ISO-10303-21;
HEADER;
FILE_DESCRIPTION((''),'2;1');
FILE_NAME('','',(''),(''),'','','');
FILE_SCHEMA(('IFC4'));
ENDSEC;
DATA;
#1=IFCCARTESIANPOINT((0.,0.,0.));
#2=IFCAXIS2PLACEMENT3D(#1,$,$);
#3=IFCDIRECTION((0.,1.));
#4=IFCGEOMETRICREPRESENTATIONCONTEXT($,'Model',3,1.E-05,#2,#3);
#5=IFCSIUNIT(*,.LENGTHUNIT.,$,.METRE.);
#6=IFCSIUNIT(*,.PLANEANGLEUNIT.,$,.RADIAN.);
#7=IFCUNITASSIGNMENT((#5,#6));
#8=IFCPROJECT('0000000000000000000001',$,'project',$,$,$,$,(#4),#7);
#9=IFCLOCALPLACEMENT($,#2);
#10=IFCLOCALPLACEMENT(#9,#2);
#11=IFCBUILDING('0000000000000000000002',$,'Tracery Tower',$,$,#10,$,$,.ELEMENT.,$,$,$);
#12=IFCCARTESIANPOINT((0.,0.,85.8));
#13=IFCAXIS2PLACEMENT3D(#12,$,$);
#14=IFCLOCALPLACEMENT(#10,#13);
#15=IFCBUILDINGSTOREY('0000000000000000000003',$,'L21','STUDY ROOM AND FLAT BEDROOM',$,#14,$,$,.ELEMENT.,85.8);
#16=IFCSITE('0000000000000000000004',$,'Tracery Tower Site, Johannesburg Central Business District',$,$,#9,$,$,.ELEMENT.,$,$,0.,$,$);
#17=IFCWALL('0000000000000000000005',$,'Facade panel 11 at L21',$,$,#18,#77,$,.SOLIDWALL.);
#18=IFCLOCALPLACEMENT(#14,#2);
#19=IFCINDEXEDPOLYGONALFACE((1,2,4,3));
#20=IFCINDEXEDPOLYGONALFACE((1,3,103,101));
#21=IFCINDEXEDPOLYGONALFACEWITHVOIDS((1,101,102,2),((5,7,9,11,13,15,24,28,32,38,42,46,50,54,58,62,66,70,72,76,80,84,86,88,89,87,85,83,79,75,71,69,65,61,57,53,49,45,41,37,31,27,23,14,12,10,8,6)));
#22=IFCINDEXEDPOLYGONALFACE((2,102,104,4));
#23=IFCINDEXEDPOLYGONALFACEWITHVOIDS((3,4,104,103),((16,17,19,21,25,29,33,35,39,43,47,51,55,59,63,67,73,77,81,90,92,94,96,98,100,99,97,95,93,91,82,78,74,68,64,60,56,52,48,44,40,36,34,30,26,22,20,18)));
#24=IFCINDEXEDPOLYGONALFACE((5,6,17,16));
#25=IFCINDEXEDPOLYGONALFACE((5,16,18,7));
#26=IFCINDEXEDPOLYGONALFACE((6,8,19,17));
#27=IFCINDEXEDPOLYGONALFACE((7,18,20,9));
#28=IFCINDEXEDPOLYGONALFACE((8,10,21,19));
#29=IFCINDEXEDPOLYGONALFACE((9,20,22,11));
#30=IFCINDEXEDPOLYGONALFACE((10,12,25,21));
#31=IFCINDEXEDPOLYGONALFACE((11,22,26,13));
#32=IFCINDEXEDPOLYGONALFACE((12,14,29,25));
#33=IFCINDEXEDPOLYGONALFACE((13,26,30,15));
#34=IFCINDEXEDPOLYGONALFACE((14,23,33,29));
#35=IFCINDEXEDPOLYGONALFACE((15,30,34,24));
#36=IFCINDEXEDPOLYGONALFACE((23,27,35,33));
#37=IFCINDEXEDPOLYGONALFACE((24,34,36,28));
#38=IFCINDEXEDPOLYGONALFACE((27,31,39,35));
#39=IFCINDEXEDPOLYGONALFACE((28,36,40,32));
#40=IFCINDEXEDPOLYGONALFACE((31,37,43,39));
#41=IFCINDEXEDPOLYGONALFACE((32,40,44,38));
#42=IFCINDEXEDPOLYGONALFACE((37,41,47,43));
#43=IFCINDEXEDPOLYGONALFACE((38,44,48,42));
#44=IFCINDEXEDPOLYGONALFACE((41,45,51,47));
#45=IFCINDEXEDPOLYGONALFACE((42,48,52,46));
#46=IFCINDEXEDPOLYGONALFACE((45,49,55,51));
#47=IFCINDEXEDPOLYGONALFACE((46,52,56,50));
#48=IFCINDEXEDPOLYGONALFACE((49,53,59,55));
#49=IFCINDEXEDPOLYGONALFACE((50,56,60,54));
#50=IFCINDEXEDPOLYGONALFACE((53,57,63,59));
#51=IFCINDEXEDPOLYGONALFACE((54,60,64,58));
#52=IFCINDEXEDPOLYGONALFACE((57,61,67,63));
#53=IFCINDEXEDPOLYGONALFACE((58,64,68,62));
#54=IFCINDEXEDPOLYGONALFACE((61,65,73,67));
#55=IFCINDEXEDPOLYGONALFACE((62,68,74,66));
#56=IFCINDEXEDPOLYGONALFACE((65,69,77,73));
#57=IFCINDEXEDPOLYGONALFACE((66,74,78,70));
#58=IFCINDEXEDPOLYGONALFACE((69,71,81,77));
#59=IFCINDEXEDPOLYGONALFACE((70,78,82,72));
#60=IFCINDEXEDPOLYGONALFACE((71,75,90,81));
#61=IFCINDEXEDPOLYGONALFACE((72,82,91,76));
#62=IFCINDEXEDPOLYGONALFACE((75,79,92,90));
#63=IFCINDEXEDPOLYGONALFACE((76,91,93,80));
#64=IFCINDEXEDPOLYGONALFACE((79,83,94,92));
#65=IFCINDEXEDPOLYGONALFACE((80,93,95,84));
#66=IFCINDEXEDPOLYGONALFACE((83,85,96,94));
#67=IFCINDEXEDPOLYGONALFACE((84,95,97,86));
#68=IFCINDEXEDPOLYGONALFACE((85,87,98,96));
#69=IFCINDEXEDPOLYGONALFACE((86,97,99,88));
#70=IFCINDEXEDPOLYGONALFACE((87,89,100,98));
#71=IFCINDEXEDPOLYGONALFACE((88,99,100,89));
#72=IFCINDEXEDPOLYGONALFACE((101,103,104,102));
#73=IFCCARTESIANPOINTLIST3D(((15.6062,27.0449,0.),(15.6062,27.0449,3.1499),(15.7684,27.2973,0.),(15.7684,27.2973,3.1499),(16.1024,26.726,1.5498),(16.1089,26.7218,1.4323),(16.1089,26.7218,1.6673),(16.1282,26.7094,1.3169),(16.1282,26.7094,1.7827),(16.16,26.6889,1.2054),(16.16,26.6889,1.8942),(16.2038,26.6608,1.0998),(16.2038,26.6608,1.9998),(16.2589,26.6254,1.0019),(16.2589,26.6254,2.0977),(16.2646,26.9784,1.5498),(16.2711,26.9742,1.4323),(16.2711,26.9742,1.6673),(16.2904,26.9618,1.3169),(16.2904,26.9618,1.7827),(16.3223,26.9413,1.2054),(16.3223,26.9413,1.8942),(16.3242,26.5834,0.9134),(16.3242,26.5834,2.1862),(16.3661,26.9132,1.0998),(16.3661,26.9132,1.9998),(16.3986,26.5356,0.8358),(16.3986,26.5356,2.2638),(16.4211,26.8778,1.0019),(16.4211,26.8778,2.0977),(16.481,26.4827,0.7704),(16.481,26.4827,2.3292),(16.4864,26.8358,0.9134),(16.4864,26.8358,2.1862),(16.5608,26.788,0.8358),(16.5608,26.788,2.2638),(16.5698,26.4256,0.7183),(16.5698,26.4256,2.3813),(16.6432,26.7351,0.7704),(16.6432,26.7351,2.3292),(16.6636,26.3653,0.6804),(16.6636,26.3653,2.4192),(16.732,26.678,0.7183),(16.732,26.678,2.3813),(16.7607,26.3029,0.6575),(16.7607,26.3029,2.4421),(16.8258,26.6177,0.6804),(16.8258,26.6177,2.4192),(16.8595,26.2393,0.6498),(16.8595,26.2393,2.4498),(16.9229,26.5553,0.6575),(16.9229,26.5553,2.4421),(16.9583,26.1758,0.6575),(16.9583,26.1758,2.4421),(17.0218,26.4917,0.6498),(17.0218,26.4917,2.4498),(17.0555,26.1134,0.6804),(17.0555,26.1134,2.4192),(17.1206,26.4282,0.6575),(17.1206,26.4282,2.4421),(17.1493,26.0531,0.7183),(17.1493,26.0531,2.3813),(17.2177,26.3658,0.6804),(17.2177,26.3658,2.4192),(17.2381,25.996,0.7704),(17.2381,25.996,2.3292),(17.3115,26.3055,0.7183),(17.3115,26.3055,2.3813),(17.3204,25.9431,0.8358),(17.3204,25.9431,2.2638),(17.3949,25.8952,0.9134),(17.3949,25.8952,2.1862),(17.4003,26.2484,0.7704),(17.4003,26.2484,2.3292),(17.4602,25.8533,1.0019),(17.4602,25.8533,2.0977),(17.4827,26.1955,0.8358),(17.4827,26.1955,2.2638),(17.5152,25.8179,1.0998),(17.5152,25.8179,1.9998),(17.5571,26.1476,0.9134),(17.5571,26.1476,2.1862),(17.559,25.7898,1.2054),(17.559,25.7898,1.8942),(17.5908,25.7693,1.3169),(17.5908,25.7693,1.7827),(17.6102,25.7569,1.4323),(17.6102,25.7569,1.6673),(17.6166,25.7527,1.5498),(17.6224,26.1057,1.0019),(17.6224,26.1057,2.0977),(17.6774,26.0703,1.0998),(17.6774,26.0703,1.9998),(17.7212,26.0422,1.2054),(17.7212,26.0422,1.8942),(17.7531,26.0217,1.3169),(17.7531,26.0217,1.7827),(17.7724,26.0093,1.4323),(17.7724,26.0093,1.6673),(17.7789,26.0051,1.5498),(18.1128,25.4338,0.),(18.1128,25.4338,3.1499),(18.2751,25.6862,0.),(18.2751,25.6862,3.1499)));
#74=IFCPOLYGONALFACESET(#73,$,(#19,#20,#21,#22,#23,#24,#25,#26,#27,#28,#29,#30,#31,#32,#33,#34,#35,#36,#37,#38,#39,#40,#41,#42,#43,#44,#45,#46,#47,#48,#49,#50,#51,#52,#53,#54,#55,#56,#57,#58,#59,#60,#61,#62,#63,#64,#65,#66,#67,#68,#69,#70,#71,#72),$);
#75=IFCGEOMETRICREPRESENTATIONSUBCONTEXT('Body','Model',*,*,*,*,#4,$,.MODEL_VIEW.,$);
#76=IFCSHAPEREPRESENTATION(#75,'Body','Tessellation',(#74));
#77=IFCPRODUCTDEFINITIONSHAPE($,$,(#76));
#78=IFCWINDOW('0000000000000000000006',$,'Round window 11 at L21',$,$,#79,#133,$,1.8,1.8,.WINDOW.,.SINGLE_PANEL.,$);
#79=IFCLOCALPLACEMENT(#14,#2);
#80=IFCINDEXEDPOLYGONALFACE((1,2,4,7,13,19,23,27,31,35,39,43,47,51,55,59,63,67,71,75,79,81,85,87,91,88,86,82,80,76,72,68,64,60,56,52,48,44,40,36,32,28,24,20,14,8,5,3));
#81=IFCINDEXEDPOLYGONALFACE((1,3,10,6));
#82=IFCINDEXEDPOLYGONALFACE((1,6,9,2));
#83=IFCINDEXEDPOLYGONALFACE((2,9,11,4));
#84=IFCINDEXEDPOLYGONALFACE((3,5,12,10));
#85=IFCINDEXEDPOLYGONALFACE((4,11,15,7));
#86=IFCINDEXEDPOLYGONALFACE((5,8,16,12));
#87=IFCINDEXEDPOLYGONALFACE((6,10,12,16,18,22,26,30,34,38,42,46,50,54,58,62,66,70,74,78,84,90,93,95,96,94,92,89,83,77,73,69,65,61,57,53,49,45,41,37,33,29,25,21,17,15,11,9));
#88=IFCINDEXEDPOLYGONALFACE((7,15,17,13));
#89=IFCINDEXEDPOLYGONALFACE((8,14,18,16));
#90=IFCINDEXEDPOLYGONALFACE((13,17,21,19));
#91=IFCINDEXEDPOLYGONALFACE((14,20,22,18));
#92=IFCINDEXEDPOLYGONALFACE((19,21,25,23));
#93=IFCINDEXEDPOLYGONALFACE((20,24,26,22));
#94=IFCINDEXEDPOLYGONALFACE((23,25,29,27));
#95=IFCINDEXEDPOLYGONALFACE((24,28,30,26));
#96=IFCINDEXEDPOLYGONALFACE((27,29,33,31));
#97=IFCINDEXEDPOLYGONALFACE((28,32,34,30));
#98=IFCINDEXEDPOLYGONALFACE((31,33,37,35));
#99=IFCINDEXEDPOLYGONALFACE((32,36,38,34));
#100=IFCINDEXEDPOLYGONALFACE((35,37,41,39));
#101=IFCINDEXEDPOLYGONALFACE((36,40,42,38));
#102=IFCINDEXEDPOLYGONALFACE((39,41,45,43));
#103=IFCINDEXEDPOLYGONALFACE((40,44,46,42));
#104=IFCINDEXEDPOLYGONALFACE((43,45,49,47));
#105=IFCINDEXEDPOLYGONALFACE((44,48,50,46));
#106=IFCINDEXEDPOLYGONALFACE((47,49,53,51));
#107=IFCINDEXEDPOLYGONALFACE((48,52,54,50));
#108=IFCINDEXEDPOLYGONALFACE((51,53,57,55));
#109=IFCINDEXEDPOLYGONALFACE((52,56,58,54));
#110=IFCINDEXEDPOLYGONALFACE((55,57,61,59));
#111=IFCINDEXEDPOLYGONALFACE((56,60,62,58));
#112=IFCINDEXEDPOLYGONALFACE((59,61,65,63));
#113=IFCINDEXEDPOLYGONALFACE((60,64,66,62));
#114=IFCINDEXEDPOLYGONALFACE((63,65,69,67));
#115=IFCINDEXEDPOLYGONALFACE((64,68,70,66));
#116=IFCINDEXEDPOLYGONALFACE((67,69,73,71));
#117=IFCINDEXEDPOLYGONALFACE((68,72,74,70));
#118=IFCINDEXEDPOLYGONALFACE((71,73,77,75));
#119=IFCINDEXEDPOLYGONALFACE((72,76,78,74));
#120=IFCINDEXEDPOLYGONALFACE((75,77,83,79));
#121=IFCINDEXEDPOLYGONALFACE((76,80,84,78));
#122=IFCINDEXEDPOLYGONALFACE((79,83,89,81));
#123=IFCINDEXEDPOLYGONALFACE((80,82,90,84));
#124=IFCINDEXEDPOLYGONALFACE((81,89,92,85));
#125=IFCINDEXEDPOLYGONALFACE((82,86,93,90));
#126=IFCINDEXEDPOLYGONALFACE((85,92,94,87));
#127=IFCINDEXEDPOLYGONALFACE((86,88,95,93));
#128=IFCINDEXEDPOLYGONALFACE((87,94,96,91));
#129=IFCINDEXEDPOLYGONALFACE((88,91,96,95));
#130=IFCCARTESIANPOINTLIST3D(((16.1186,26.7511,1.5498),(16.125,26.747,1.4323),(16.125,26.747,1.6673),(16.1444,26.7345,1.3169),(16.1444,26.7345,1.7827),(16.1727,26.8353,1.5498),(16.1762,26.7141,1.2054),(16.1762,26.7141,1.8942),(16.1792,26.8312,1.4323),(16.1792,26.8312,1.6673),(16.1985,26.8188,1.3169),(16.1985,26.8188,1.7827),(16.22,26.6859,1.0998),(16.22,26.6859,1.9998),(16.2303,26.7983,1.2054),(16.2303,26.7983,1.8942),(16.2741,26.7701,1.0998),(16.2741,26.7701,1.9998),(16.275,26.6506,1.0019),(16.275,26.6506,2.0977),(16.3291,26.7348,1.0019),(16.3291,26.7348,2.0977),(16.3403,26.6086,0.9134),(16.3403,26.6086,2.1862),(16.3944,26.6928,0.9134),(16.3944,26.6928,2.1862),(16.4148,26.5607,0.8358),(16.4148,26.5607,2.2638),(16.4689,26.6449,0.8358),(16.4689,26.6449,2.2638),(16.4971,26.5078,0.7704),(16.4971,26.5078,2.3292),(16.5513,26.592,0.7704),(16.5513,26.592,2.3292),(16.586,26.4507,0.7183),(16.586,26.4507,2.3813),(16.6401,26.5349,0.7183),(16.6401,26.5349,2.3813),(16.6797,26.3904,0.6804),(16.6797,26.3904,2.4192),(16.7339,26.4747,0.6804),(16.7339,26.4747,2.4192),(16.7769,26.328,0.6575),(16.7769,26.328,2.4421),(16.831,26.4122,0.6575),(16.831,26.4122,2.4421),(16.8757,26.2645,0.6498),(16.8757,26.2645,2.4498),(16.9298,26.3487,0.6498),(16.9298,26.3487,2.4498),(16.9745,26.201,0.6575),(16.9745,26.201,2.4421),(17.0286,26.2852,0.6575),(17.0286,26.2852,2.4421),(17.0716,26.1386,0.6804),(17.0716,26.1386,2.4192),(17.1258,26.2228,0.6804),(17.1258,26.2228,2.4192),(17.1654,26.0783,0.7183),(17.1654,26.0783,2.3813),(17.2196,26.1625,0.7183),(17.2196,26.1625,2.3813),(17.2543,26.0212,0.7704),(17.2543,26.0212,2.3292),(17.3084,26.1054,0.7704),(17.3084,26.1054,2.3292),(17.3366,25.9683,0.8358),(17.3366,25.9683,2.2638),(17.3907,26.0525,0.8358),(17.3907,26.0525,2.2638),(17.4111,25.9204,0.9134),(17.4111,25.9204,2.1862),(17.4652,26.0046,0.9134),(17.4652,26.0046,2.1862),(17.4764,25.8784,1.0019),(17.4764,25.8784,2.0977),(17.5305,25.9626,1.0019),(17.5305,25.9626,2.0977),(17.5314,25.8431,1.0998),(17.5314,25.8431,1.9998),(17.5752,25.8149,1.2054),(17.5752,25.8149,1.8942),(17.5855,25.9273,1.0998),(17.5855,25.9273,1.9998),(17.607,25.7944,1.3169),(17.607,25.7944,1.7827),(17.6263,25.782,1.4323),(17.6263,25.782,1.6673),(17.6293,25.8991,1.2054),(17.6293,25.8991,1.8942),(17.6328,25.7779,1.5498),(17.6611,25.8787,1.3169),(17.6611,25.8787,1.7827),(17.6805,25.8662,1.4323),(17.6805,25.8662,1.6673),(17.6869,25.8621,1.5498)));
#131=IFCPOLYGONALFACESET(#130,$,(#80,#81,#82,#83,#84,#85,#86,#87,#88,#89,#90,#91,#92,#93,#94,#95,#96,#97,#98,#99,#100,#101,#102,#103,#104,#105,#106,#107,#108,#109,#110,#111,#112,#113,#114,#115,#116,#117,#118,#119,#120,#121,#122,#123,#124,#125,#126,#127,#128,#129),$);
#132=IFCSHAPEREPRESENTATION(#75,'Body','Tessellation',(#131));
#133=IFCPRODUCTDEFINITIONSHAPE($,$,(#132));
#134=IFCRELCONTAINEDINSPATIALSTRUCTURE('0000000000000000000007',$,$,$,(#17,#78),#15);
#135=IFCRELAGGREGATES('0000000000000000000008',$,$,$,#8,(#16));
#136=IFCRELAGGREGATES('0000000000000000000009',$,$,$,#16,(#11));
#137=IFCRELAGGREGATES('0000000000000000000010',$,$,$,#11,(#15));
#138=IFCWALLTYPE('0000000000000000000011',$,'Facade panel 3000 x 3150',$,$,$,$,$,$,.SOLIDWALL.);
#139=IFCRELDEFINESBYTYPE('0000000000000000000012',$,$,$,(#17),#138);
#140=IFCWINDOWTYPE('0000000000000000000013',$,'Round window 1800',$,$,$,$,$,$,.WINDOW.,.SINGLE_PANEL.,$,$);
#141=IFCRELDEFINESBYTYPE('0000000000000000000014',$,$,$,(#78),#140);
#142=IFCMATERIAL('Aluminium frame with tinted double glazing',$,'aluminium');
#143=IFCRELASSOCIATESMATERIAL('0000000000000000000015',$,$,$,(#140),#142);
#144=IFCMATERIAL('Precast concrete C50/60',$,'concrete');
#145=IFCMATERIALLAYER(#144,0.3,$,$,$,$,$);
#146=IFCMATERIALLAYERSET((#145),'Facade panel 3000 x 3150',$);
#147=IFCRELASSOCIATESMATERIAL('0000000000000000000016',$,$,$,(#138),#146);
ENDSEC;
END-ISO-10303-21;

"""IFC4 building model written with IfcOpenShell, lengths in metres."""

from ifc_helpers import new_model, si_unit, direction, frame, frame_2d, origin, origin_2d, place, context, subcontext, project, spatial, rectangle, circle, extrude, material, layer, layer_set, type_object, element, fill, save


model = new_model("IFC4")

# Units and contexts
model_context = context("Model", 3, precision=1e-05, world=origin(), true_north=direction((0.0, 1.0)))
body_context = subcontext(model_context, "Body", "Model", "MODEL_VIEW")
ifc_project = project(units=[si_unit("LENGTHUNIT", "METRE"), si_unit("PLANEANGLEUNIT", "RADIAN")], contexts=[model_context])

# Site, building, storey
site_placement = place(None, origin())
site = spatial("IfcSite", under=ifc_project, at=site_placement, Name="Tracery Tower Site, Johannesburg Central Business District", CompositionType="ELEMENT", RefElevation=0.0)
building_placement = place(site_placement, origin())
building = spatial("IfcBuilding", under=site, at=building_placement, Name="Tracery Tower", CompositionType="ELEMENT")
storey_placement = place(building_placement, frame((0.0, 0.0, 85.8)))
storey = spatial("IfcBuildingStorey", under=building, at=storey_placement, Name="L21", Description="STUDY ROOM AND FLAT BEDROOM", CompositionType="ELEMENT", Elevation=85.8)

# Wall, opening, window
ifc_material_1 = material(Name="Aluminium frame with tinted double glazing", Category="aluminium")
window_type = type_object("IfcWindowType", Name="Round window 1800", PartitioningType="SINGLE_PANEL", PredefinedType="WINDOW", material=ifc_material_1)
ifc_material_2 = material(Name="Precast concrete C50/60", Category="concrete")
ifc_layer_1 = layer(ifc_material_2, 0.3)
ifc_layer_set_1 = layer_set([ifc_layer_1], Name="Facade panel 3000 x 3150")
wall_type_1 = type_object("IfcWallType", Name="Facade panel 3000 x 3150", PredefinedType="SOLIDWALL", material=ifc_layer_set_1)
wall_1_placement = place(storey_placement, frame((18.1938, 25.5601, 0.0), z_axis=(0.0, 0.0, 1.0), x_axis=(-0.841224, 0.540687, 0.0)))
wall_1 = element("IfcWall", 1, at=wall_1_placement, inside=storey, type_object=wall_type_1, Name="Facade panel 11 at L21", PredefinedType="SOLIDWALL", context=body_context, shape_type="SweptSolid", body=[
    extrude(rectangle(XDim=2.9797, YDim=0.3, at=frame_2d((1.4897, 0.0))), origin(), (0.0, 0.0, 1.0), 3.1499),
])
opening_1_placement = place(wall_1_placement, frame((1.4897, 0.0, 1.5498)))
opening_1 = element("IfcOpeningElement", 2, at=opening_1_placement, cuts=wall_1, PredefinedType="OPENING", context=body_context, shape_type="SweptSolid", body=[
    extrude(circle(Radius=0.9, at=origin_2d()), frame((0.0, 0.1599, 0.0), z_axis=(0.0, -1.0, 0.0), x_axis=(1.0, 0.0, 0.0)), (0.0, 0.0, 1.0), 0.3201),
])
window_1_placement = place(opening_1_placement, origin())
window_1 = element("IfcWindow", 3, at=window_1_placement, inside=storey, type_object=window_type, Name="Round window 11 at L21", OverallHeight=1.8, OverallWidth=1.8, PartitioningType="SINGLE_PANEL", PredefinedType="WINDOW", context=body_context, shape_type="SweptSolid", body=[
    extrude(circle(Radius=0.9, at=origin_2d()), frame((0.0, 0.1201, 0.0), z_axis=(0.0, -1.0, 0.0), x_axis=(1.0, 0.0, 0.0)), (0.0, 0.0, 1.0), 0.1001),
])
fill(opening_1, window_1)

save(model, "model.ifc")
